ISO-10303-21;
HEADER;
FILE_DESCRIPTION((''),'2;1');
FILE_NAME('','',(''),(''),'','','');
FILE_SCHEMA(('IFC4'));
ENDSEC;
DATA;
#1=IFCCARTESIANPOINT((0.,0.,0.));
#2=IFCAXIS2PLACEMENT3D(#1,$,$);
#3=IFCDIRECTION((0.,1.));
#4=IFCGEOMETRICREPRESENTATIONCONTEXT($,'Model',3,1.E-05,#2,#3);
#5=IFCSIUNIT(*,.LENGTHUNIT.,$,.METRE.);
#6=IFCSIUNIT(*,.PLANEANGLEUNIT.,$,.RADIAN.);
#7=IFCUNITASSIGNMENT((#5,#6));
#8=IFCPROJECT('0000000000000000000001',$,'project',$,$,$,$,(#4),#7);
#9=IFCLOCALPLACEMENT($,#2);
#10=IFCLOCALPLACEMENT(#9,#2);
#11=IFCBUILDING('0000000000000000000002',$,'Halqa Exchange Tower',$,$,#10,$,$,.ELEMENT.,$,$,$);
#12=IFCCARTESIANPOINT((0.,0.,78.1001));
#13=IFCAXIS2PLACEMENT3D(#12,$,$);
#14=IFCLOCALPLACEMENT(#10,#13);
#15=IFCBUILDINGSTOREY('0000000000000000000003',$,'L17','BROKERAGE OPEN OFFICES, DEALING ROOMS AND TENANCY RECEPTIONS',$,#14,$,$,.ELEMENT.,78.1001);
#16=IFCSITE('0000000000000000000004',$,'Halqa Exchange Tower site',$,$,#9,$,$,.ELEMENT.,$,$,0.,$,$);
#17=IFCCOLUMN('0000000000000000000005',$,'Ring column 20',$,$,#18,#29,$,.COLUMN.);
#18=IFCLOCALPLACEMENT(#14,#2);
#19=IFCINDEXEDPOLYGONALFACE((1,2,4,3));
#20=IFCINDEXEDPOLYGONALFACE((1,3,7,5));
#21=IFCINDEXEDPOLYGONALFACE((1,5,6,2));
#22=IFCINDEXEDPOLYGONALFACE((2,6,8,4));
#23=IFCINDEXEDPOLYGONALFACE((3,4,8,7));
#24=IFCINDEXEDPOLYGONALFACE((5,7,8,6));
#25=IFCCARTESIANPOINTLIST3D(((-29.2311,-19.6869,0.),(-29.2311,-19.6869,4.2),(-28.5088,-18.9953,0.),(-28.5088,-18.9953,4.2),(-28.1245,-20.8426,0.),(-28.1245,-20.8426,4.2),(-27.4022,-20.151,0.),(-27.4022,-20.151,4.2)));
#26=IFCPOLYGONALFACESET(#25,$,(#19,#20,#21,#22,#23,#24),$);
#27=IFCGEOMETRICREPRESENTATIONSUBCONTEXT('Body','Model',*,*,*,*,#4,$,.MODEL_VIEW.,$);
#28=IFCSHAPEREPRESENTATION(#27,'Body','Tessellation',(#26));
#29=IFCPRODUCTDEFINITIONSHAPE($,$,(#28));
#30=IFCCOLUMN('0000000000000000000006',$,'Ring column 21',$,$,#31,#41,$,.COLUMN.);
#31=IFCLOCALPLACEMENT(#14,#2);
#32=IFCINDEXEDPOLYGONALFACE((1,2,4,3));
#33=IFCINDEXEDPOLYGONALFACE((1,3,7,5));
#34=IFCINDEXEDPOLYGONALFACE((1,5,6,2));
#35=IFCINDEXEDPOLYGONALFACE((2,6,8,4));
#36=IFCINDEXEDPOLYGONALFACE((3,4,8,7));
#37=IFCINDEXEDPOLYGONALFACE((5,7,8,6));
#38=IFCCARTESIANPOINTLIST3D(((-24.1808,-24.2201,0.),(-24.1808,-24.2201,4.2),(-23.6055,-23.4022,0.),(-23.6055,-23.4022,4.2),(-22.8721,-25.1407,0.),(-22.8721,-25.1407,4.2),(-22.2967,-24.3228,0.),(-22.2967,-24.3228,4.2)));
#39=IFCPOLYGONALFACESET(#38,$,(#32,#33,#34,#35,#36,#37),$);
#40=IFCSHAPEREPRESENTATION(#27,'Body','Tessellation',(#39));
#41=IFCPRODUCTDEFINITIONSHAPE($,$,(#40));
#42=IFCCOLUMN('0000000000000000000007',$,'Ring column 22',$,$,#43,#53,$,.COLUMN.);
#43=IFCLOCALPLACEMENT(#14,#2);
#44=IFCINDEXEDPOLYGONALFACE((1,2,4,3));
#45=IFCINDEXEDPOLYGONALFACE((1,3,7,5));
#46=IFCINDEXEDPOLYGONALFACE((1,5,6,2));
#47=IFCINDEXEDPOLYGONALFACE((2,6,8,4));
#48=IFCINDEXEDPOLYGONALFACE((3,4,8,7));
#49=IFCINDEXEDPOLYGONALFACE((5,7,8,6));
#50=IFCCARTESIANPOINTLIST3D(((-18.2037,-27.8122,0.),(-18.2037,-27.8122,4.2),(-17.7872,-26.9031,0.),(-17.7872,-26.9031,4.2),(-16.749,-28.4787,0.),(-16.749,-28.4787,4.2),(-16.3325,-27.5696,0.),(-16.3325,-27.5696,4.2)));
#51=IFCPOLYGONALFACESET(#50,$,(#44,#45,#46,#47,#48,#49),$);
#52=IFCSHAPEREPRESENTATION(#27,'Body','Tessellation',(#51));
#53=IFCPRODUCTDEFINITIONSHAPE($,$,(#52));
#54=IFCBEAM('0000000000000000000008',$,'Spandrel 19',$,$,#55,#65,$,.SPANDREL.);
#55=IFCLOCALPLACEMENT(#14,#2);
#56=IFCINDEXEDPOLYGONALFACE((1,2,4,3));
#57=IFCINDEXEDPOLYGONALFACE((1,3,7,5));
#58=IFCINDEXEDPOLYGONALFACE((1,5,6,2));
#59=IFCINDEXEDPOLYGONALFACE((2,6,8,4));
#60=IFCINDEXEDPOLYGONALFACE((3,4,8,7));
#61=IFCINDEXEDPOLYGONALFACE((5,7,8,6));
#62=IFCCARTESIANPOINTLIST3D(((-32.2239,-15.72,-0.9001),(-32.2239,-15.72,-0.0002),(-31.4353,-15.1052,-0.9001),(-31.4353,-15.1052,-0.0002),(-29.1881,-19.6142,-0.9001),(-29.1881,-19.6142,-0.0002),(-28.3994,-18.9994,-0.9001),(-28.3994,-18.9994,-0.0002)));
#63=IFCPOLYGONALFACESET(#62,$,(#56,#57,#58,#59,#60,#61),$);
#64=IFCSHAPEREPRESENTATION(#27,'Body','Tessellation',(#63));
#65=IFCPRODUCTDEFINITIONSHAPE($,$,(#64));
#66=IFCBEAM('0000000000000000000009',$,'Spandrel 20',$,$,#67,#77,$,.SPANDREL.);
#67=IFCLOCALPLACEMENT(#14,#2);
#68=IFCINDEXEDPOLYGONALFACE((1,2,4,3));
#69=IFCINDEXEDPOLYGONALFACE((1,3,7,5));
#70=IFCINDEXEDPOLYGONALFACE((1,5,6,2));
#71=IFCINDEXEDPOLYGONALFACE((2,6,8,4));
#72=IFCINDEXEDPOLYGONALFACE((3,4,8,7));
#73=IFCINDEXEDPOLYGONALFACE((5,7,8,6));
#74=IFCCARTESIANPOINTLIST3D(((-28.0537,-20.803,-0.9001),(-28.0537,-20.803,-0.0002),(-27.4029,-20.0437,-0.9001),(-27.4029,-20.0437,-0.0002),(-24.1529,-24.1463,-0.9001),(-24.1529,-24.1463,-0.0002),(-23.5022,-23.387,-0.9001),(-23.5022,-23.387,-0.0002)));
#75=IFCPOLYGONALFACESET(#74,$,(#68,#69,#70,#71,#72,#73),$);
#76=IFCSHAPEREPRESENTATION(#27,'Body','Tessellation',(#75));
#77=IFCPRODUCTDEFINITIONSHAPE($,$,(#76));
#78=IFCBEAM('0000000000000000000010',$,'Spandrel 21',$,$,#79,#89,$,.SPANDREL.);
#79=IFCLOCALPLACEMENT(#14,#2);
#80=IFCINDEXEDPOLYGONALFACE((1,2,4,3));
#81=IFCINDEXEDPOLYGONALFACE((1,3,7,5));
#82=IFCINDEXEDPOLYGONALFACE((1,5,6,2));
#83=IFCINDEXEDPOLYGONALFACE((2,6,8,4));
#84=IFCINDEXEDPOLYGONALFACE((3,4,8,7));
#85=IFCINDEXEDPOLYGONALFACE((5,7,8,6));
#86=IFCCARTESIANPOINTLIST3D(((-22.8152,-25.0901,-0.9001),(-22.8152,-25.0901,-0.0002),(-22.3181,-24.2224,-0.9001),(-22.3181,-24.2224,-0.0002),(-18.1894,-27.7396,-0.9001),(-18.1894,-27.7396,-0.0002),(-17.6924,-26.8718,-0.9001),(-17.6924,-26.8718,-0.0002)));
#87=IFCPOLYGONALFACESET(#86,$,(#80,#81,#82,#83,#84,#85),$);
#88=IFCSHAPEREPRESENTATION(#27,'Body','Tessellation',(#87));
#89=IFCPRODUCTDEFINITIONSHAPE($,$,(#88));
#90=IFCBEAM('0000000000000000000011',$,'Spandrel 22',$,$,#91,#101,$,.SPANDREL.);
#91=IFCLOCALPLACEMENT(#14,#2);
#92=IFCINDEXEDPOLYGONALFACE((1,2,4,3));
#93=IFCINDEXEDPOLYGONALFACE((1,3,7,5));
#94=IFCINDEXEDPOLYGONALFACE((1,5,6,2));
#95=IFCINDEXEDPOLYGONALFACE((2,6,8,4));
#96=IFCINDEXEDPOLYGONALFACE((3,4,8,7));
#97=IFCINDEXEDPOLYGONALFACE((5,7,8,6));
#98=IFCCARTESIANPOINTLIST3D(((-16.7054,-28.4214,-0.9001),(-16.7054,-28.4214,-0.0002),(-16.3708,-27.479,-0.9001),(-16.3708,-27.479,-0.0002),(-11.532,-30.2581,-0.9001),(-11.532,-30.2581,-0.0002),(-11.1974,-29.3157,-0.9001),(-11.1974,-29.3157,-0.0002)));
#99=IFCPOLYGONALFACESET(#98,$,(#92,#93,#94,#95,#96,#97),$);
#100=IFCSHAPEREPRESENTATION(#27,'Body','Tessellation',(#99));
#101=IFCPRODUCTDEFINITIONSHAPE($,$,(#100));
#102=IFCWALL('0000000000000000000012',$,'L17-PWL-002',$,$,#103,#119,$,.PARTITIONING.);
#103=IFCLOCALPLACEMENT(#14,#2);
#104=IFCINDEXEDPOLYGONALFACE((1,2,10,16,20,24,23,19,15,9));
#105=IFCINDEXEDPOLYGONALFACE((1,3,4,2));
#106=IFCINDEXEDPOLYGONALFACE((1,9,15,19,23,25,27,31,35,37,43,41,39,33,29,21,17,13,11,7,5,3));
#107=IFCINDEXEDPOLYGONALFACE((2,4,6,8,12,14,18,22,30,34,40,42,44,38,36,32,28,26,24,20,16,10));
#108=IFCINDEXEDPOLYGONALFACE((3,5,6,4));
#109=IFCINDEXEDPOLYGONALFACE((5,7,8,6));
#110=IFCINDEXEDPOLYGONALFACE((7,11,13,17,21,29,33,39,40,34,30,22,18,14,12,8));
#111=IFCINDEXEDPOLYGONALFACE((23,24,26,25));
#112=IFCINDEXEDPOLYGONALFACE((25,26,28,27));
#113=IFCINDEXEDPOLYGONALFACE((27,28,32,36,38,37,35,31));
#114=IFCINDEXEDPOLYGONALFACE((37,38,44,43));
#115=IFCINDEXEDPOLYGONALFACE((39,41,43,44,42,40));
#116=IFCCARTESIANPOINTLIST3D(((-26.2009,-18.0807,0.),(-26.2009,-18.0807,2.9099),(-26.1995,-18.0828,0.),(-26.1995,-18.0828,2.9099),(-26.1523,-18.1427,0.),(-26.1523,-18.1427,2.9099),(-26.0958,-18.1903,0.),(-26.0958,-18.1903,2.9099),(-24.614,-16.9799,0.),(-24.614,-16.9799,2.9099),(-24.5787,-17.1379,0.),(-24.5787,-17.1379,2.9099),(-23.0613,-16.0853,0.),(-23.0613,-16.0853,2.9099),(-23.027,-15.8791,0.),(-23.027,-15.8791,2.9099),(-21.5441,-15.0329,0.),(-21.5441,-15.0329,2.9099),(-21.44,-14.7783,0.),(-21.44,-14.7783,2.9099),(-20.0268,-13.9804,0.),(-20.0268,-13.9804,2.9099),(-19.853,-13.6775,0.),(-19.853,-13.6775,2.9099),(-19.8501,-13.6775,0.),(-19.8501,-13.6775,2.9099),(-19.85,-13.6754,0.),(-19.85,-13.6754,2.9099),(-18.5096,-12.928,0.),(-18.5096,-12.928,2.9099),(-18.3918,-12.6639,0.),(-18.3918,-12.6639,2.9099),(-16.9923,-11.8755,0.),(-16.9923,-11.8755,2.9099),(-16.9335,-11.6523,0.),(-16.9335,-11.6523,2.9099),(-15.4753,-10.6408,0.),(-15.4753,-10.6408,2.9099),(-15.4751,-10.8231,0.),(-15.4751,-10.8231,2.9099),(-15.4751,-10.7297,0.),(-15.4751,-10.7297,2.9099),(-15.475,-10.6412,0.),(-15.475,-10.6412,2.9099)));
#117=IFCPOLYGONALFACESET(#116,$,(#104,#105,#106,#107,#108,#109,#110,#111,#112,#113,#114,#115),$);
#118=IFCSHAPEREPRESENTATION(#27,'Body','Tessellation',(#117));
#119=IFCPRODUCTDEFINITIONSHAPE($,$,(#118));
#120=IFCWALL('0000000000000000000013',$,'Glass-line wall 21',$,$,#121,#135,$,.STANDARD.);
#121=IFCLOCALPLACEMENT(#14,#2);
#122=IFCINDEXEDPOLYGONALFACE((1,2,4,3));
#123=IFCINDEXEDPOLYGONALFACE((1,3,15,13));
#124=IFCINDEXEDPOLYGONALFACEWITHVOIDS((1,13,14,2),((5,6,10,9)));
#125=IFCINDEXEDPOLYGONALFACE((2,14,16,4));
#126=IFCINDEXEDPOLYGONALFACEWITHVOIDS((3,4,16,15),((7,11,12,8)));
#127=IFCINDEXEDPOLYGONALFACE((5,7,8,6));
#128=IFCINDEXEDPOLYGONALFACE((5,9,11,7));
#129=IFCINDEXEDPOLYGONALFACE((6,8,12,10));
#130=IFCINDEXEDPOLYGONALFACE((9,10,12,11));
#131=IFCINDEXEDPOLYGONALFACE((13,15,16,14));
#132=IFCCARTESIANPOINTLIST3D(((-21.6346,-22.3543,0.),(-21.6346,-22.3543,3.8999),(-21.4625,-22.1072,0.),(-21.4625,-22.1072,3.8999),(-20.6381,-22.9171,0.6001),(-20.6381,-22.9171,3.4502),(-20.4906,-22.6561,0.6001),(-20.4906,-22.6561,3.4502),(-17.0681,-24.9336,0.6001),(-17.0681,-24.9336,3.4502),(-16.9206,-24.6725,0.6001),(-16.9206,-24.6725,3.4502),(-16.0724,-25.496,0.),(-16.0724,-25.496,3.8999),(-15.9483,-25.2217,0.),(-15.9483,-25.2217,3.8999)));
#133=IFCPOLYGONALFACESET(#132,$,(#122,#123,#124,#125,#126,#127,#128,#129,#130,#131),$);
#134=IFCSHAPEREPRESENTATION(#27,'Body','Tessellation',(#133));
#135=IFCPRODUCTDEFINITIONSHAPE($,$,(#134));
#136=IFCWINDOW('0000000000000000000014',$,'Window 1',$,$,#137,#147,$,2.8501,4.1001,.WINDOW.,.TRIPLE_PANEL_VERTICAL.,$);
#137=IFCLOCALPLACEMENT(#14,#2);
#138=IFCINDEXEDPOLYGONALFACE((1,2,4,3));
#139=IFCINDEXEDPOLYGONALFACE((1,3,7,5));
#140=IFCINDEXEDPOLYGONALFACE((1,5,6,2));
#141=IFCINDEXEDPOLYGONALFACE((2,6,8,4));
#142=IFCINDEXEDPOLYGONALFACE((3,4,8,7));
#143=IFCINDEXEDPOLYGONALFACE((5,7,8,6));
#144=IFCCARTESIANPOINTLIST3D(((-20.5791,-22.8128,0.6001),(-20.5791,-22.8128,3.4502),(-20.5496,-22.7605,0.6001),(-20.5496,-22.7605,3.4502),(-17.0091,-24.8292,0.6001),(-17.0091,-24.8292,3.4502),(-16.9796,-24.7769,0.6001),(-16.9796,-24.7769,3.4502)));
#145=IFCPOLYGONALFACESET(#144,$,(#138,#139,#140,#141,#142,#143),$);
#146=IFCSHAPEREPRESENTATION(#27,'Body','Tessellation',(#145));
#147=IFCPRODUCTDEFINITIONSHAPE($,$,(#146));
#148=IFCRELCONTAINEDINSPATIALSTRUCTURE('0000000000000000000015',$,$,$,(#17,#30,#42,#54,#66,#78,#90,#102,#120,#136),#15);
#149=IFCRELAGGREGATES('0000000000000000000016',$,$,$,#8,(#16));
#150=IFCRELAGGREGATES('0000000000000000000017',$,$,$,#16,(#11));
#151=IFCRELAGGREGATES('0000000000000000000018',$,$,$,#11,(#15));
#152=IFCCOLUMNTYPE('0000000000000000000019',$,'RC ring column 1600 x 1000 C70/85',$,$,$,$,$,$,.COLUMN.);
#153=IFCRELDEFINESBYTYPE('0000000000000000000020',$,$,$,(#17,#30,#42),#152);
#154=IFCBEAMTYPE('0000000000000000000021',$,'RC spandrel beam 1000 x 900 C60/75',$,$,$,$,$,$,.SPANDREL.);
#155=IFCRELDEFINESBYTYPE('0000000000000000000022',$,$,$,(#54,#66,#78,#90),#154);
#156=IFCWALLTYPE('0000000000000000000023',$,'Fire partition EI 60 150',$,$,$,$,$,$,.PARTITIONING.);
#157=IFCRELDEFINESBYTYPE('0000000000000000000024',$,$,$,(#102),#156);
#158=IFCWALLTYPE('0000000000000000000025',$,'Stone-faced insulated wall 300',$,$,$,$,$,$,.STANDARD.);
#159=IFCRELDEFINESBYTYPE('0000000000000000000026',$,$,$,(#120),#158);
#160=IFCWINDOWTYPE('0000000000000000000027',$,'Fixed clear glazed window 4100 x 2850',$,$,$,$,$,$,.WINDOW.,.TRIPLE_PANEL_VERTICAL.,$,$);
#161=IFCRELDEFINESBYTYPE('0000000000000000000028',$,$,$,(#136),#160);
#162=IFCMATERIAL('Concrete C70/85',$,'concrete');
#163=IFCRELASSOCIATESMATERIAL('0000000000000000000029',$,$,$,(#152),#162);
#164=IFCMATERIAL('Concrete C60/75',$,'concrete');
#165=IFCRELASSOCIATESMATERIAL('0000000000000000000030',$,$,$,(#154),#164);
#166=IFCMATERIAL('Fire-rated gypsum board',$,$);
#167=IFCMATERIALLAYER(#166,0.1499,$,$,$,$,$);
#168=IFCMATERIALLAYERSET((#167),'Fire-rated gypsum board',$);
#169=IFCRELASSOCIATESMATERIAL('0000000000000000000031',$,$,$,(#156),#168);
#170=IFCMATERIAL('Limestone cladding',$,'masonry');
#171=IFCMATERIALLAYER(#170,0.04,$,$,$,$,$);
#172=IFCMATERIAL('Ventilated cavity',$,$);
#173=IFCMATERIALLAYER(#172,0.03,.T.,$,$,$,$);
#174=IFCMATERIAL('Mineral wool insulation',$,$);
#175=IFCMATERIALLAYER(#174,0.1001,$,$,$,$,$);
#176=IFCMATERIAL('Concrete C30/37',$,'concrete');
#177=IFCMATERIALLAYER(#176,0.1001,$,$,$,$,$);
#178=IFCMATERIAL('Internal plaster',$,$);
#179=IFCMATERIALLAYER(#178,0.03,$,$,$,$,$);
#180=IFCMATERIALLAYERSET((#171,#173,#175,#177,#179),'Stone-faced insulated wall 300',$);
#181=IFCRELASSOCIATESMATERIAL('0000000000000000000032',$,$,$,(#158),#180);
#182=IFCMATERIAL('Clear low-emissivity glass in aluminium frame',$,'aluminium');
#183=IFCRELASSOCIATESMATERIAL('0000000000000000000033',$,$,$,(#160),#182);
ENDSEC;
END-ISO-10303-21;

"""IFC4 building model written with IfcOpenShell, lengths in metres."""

from ifc_helpers import new_model, si_unit, direction, frame, frame_2d, origin, origin_2d, place, context, subcontext, project, spatial, polyline, rectangle, outline, extrude, material, layer, layer_set, material_profile, profile_set, type_object, element, fill, save


model = new_model("IFC4")

# Units and contexts
model_context = context("Model", 3, precision=1e-05, world=origin(), true_north=direction((0.0, 1.0)))
body_context = subcontext(model_context, "Body", "Model", "MODEL_VIEW")
ifc_project = project(units=[si_unit("LENGTHUNIT", "METRE"), si_unit("PLANEANGLEUNIT", "RADIAN")], contexts=[model_context])

# Site, building, storey
site_placement = place(None, origin())
site = spatial("IfcSite", under=ifc_project, at=site_placement, Name="Halqa Exchange Tower site", CompositionType="ELEMENT", RefElevation=0.0)
building_placement = place(site_placement, origin())
building = spatial("IfcBuilding", under=site, at=building_placement, Name="Halqa Exchange Tower", CompositionType="ELEMENT")
storey_placement = place(building_placement, frame((0.0, 0.0, 78.1001)))
storey = spatial("IfcBuildingStorey", under=building, at=storey_placement, Name="L17", Description="BROKERAGE OPEN OFFICES, DEALING ROOMS AND TENANCY RECEPTIONS", CompositionType="ELEMENT", Elevation=78.1001)

# Columns
ifc_material_1 = material(Name="Concrete C70/85", Category="concrete")
ifc_material_profile_1 = material_profile(ifc_material_1, rectangle(XDim=1.6001, YDim=1.0, at=origin_2d()), Name="1600 x 1000")
ifc_profile_set_1 = profile_set([ifc_material_profile_1], Name="Concrete C70/85")
column_type = type_object("IfcColumnType", Name="RC ring column 1600 x 1000 C70/85", PredefinedType="COLUMN", material=ifc_profile_set_1)
for number, where, z_axis, x_axis, name in (
    (1, (-28.3167, -19.9189, 0.0), (0.0, 0.0, 1.0), (0.691579, -0.722301, 0.0), "Ring column 20"),
    (2, (-23.2388, -24.2715, 0.0), (0.0, 0.0, 1.0), (0.817909, -0.575348, 0.0), "Ring column 21"),
    (3, (-17.2681, -27.6909, 0.0), (0.0, 0.0, 1.0), (0.909127, -0.416519, 0.0), "Ring column 22"),
):
    element("IfcColumn", number, at=place(storey_placement, frame(where, z_axis=z_axis, x_axis=x_axis)), inside=storey, type_object=column_type, Name=name, PredefinedType="COLUMN", context=body_context, shape_type="SweptSolid", body=[
        extrude(rectangle(XDim=1.6001, YDim=1.0, at=origin_2d()), origin(), (0.0, 0.0, 1.0), 4.2),
    ])

# Beams
ifc_material_2 = material(Name="Concrete C60/75", Category="concrete")
ifc_material_profile_2 = material_profile(ifc_material_2, rectangle(XDim=1.0, YDim=0.8999, at=origin_2d()), Name="1000 x 900")
ifc_profile_set_2 = profile_set([ifc_material_profile_2], Name="Concrete C60/75")
beam_type = type_object("IfcBeamType", Name="RC spandrel beam 1000 x 900 C60/75", PredefinedType="SPANDREL", material=ifc_profile_set_2)
beam_1_placement = place(storey_placement, frame((-31.8296, -15.4126, -0.4502), z_axis=(0.614823, -0.788665, 0.0), x_axis=(0.788665, 0.614823, 0.0)))
element("IfcBeam", 4, at=beam_1_placement, inside=storey, type_object=beam_type, Name="Spandrel 19", PredefinedType="SPANDREL", context=body_context, shape_type="SweptSolid", body=[
    extrude(rectangle(XDim=1.0, YDim=0.8999, at=origin_2d()), origin(), (0.0, 0.0, 1.0), 4.9377),
])
beam_2_placement = place(storey_placement, frame((-27.7283, -20.4233, -0.4502), z_axis=(0.75927, -0.650776, 0.0), x_axis=(0.650776, 0.75927, 0.0)))
element("IfcBeam", 5, at=beam_2_placement, inside=storey, type_object=beam_type, Name="Spandrel 20", PredefinedType="SPANDREL", context=body_context, shape_type="SweptSolid", body=[
    extrude(rectangle(XDim=1.0, YDim=0.8999, at=origin_2d()), origin(), (0.0, 0.0, 1.0), 5.1375),
])
beam_3_placement = place(storey_placement, frame((-22.5667, -24.6562, -0.4502), z_axis=(0.867747, -0.497007, 0.0), x_axis=(0.497007, 0.867747, 0.0)))
element("IfcBeam", 6, at=beam_3_placement, inside=storey, type_object=beam_type, Name="Spandrel 21", PredefinedType="SPANDREL", context=body_context, shape_type="SweptSolid", body=[
    extrude(rectangle(XDim=1.0, YDim=0.8999, at=origin_2d()), origin(), (0.0, 0.0, 1.0), 5.3308),
])
beam_4_placement = place(storey_placement, frame((-16.5381, -27.9502, -0.4502), z_axis=(0.942372, -0.334567, 0.0), x_axis=(0.334567, 0.942372, 0.0)))
element("IfcBeam", 7, at=beam_4_placement, inside=storey, type_object=beam_type, Name="Spandrel 22", PredefinedType="SPANDREL", context=body_context, shape_type="SweptSolid", body=[
    extrude(rectangle(XDim=1.0, YDim=0.8999, at=origin_2d()), origin(), (0.0, 0.0, 1.0), 5.4897),
])

# Wall
ifc_material_3 = material(Name="Fire-rated gypsum board")
ifc_layer_1 = layer(ifc_material_3, 0.1499)
ifc_layer_set_1 = layer_set([ifc_layer_1], Name="Fire-rated gypsum board")
wall_type_1 = type_object("IfcWallType", Name="Fire partition EI 60 150", PredefinedType="PARTITIONING", material=ifc_layer_set_1)
wall_1_placement = place(storey_placement, frame((-26.1582, -18.1423, 0.0), z_axis=(0.0, 0.0, 1.0), x_axis=(0.821671, 0.569963, 0.0)))
element("IfcWall", 8, at=wall_1_placement, inside=storey, type_object=wall_type_1, Name="L17-PWL-002", PredefinedType="PARTITIONING", context=body_context, shape_type="SweptSolid", body=[
    extrude(outline(polyline([(0.0239, -0.075), (1.8704, -0.075), (3.717, -0.075), (5.5635, -0.075), (7.4102, -0.075), (9.2566, -0.075), (11.1033, -0.075), (12.9497, -0.075), (13.0029, 0.0017), (13.0029, 0.0017), (13.0535, 0.0745), (13.0535, 0.075), (11.2788, 0.075), (9.5039, 0.075), (7.7292, 0.075), (7.728, 0.0732), (7.7256, 0.075), (5.7942, 0.075), (3.8628, 0.075), (1.9314, 0.075), (0.0, 0.075), (0.0, 0.0725), (0.0046, -0.0037), (0.0239, -0.075)])), origin(), (0.0, 0.0, 1.0), 2.9099),
])

# Shared definitions
ifc_material_4 = material(Name="Limestone cladding", Category="masonry")
ifc_layer_2 = layer(ifc_material_4, 0.04)
ifc_material_5 = material(Name="Ventilated cavity")
ifc_layer_3 = layer(ifc_material_5, 0.03, ventilated=True)
ifc_material_6 = material(Name="Mineral wool insulation")
ifc_layer_4 = layer(ifc_material_6, 0.1001)
ifc_material_7 = material(Name="Concrete C30/37", Category="concrete")
ifc_layer_5 = layer(ifc_material_7, 0.1001)
ifc_material_8 = material(Name="Internal plaster")
ifc_layer_6 = layer(ifc_material_8, 0.03)
ifc_layer_set_2 = layer_set([ifc_layer_2, ifc_layer_3, ifc_layer_4, ifc_layer_5, ifc_layer_6], Name="Stone-faced insulated wall 300")
wall_type_2 = type_object("IfcWallType", Name="Stone-faced insulated wall 300", PredefinedType="STANDARD", material=ifc_layer_set_2)
ifc_material_9 = material(Name="Clear low-emissivity glass in aluminium frame", Category="aluminium")

# Wall, opening, window
wall_2_placement = place(storey_placement, frame((-21.5486, -22.2307, 0.0), z_axis=(0.0, 0.0, 1.0), x_axis=(0.87071, -0.491797, 0.0)))
wall_2 = element("IfcWall", 9, at=wall_2_placement, inside=storey, type_object=wall_type_2, Name="Glass-line wall 21", PredefinedType="STANDARD", context=body_context, shape_type="SweptSolid", body=[
    extrude(outline(polyline([(-0.0142, -0.1499), (6.374, -0.1499), (6.3472, 0.1499), (0.0142, 0.1499), (-0.0142, -0.1499)])), origin(), (0.0, 0.0, 1.0), 3.8999),
])
opening_1_placement = place(wall_2_placement, frame((1.1304, 0.0, 0.6001)))
opening_1 = element("IfcOpeningElement", 10, at=opening_1_placement, cuts=wall_2, PredefinedType="OPENING", context=body_context, shape_type="SweptSolid", body=[
    extrude(rectangle(XDim=4.1001, YDim=2.8501, at=frame_2d((2.05, 1.425))), frame((0.0, 0.1621, 0.0), z_axis=(0.0, -1.0, 0.0), x_axis=(1.0, 0.0, 0.0)), (0.0, 0.0, 1.0), 0.324),
])
window_type = type_object("IfcWindowType", Name="Fixed clear glazed window 4100 x 2850", PartitioningType="TRIPLE_PANEL_VERTICAL", PredefinedType="WINDOW", material=ifc_material_9)
window_1_placement = place(opening_1_placement, origin())
window_1 = element("IfcWindow", 11, at=window_1_placement, inside=storey, type_object=window_type, Name="Window 1", OverallHeight=2.8501, OverallWidth=4.1001, PartitioningType="TRIPLE_PANEL_VERTICAL", PredefinedType="WINDOW", context=body_context, shape_type="SweptSolid", body=[
    extrude(rectangle(XDim=4.1001, YDim=2.8501, at=frame_2d((2.05, 1.425))), frame((0.0, 0.03, 0.0), z_axis=(0.0, -1.0, 0.0), x_axis=(1.0, 0.0, 0.0)), (0.0, 0.0, 1.0), 0.0601),
])
fill(opening_1, window_1)

save(model, "model.ifc")
